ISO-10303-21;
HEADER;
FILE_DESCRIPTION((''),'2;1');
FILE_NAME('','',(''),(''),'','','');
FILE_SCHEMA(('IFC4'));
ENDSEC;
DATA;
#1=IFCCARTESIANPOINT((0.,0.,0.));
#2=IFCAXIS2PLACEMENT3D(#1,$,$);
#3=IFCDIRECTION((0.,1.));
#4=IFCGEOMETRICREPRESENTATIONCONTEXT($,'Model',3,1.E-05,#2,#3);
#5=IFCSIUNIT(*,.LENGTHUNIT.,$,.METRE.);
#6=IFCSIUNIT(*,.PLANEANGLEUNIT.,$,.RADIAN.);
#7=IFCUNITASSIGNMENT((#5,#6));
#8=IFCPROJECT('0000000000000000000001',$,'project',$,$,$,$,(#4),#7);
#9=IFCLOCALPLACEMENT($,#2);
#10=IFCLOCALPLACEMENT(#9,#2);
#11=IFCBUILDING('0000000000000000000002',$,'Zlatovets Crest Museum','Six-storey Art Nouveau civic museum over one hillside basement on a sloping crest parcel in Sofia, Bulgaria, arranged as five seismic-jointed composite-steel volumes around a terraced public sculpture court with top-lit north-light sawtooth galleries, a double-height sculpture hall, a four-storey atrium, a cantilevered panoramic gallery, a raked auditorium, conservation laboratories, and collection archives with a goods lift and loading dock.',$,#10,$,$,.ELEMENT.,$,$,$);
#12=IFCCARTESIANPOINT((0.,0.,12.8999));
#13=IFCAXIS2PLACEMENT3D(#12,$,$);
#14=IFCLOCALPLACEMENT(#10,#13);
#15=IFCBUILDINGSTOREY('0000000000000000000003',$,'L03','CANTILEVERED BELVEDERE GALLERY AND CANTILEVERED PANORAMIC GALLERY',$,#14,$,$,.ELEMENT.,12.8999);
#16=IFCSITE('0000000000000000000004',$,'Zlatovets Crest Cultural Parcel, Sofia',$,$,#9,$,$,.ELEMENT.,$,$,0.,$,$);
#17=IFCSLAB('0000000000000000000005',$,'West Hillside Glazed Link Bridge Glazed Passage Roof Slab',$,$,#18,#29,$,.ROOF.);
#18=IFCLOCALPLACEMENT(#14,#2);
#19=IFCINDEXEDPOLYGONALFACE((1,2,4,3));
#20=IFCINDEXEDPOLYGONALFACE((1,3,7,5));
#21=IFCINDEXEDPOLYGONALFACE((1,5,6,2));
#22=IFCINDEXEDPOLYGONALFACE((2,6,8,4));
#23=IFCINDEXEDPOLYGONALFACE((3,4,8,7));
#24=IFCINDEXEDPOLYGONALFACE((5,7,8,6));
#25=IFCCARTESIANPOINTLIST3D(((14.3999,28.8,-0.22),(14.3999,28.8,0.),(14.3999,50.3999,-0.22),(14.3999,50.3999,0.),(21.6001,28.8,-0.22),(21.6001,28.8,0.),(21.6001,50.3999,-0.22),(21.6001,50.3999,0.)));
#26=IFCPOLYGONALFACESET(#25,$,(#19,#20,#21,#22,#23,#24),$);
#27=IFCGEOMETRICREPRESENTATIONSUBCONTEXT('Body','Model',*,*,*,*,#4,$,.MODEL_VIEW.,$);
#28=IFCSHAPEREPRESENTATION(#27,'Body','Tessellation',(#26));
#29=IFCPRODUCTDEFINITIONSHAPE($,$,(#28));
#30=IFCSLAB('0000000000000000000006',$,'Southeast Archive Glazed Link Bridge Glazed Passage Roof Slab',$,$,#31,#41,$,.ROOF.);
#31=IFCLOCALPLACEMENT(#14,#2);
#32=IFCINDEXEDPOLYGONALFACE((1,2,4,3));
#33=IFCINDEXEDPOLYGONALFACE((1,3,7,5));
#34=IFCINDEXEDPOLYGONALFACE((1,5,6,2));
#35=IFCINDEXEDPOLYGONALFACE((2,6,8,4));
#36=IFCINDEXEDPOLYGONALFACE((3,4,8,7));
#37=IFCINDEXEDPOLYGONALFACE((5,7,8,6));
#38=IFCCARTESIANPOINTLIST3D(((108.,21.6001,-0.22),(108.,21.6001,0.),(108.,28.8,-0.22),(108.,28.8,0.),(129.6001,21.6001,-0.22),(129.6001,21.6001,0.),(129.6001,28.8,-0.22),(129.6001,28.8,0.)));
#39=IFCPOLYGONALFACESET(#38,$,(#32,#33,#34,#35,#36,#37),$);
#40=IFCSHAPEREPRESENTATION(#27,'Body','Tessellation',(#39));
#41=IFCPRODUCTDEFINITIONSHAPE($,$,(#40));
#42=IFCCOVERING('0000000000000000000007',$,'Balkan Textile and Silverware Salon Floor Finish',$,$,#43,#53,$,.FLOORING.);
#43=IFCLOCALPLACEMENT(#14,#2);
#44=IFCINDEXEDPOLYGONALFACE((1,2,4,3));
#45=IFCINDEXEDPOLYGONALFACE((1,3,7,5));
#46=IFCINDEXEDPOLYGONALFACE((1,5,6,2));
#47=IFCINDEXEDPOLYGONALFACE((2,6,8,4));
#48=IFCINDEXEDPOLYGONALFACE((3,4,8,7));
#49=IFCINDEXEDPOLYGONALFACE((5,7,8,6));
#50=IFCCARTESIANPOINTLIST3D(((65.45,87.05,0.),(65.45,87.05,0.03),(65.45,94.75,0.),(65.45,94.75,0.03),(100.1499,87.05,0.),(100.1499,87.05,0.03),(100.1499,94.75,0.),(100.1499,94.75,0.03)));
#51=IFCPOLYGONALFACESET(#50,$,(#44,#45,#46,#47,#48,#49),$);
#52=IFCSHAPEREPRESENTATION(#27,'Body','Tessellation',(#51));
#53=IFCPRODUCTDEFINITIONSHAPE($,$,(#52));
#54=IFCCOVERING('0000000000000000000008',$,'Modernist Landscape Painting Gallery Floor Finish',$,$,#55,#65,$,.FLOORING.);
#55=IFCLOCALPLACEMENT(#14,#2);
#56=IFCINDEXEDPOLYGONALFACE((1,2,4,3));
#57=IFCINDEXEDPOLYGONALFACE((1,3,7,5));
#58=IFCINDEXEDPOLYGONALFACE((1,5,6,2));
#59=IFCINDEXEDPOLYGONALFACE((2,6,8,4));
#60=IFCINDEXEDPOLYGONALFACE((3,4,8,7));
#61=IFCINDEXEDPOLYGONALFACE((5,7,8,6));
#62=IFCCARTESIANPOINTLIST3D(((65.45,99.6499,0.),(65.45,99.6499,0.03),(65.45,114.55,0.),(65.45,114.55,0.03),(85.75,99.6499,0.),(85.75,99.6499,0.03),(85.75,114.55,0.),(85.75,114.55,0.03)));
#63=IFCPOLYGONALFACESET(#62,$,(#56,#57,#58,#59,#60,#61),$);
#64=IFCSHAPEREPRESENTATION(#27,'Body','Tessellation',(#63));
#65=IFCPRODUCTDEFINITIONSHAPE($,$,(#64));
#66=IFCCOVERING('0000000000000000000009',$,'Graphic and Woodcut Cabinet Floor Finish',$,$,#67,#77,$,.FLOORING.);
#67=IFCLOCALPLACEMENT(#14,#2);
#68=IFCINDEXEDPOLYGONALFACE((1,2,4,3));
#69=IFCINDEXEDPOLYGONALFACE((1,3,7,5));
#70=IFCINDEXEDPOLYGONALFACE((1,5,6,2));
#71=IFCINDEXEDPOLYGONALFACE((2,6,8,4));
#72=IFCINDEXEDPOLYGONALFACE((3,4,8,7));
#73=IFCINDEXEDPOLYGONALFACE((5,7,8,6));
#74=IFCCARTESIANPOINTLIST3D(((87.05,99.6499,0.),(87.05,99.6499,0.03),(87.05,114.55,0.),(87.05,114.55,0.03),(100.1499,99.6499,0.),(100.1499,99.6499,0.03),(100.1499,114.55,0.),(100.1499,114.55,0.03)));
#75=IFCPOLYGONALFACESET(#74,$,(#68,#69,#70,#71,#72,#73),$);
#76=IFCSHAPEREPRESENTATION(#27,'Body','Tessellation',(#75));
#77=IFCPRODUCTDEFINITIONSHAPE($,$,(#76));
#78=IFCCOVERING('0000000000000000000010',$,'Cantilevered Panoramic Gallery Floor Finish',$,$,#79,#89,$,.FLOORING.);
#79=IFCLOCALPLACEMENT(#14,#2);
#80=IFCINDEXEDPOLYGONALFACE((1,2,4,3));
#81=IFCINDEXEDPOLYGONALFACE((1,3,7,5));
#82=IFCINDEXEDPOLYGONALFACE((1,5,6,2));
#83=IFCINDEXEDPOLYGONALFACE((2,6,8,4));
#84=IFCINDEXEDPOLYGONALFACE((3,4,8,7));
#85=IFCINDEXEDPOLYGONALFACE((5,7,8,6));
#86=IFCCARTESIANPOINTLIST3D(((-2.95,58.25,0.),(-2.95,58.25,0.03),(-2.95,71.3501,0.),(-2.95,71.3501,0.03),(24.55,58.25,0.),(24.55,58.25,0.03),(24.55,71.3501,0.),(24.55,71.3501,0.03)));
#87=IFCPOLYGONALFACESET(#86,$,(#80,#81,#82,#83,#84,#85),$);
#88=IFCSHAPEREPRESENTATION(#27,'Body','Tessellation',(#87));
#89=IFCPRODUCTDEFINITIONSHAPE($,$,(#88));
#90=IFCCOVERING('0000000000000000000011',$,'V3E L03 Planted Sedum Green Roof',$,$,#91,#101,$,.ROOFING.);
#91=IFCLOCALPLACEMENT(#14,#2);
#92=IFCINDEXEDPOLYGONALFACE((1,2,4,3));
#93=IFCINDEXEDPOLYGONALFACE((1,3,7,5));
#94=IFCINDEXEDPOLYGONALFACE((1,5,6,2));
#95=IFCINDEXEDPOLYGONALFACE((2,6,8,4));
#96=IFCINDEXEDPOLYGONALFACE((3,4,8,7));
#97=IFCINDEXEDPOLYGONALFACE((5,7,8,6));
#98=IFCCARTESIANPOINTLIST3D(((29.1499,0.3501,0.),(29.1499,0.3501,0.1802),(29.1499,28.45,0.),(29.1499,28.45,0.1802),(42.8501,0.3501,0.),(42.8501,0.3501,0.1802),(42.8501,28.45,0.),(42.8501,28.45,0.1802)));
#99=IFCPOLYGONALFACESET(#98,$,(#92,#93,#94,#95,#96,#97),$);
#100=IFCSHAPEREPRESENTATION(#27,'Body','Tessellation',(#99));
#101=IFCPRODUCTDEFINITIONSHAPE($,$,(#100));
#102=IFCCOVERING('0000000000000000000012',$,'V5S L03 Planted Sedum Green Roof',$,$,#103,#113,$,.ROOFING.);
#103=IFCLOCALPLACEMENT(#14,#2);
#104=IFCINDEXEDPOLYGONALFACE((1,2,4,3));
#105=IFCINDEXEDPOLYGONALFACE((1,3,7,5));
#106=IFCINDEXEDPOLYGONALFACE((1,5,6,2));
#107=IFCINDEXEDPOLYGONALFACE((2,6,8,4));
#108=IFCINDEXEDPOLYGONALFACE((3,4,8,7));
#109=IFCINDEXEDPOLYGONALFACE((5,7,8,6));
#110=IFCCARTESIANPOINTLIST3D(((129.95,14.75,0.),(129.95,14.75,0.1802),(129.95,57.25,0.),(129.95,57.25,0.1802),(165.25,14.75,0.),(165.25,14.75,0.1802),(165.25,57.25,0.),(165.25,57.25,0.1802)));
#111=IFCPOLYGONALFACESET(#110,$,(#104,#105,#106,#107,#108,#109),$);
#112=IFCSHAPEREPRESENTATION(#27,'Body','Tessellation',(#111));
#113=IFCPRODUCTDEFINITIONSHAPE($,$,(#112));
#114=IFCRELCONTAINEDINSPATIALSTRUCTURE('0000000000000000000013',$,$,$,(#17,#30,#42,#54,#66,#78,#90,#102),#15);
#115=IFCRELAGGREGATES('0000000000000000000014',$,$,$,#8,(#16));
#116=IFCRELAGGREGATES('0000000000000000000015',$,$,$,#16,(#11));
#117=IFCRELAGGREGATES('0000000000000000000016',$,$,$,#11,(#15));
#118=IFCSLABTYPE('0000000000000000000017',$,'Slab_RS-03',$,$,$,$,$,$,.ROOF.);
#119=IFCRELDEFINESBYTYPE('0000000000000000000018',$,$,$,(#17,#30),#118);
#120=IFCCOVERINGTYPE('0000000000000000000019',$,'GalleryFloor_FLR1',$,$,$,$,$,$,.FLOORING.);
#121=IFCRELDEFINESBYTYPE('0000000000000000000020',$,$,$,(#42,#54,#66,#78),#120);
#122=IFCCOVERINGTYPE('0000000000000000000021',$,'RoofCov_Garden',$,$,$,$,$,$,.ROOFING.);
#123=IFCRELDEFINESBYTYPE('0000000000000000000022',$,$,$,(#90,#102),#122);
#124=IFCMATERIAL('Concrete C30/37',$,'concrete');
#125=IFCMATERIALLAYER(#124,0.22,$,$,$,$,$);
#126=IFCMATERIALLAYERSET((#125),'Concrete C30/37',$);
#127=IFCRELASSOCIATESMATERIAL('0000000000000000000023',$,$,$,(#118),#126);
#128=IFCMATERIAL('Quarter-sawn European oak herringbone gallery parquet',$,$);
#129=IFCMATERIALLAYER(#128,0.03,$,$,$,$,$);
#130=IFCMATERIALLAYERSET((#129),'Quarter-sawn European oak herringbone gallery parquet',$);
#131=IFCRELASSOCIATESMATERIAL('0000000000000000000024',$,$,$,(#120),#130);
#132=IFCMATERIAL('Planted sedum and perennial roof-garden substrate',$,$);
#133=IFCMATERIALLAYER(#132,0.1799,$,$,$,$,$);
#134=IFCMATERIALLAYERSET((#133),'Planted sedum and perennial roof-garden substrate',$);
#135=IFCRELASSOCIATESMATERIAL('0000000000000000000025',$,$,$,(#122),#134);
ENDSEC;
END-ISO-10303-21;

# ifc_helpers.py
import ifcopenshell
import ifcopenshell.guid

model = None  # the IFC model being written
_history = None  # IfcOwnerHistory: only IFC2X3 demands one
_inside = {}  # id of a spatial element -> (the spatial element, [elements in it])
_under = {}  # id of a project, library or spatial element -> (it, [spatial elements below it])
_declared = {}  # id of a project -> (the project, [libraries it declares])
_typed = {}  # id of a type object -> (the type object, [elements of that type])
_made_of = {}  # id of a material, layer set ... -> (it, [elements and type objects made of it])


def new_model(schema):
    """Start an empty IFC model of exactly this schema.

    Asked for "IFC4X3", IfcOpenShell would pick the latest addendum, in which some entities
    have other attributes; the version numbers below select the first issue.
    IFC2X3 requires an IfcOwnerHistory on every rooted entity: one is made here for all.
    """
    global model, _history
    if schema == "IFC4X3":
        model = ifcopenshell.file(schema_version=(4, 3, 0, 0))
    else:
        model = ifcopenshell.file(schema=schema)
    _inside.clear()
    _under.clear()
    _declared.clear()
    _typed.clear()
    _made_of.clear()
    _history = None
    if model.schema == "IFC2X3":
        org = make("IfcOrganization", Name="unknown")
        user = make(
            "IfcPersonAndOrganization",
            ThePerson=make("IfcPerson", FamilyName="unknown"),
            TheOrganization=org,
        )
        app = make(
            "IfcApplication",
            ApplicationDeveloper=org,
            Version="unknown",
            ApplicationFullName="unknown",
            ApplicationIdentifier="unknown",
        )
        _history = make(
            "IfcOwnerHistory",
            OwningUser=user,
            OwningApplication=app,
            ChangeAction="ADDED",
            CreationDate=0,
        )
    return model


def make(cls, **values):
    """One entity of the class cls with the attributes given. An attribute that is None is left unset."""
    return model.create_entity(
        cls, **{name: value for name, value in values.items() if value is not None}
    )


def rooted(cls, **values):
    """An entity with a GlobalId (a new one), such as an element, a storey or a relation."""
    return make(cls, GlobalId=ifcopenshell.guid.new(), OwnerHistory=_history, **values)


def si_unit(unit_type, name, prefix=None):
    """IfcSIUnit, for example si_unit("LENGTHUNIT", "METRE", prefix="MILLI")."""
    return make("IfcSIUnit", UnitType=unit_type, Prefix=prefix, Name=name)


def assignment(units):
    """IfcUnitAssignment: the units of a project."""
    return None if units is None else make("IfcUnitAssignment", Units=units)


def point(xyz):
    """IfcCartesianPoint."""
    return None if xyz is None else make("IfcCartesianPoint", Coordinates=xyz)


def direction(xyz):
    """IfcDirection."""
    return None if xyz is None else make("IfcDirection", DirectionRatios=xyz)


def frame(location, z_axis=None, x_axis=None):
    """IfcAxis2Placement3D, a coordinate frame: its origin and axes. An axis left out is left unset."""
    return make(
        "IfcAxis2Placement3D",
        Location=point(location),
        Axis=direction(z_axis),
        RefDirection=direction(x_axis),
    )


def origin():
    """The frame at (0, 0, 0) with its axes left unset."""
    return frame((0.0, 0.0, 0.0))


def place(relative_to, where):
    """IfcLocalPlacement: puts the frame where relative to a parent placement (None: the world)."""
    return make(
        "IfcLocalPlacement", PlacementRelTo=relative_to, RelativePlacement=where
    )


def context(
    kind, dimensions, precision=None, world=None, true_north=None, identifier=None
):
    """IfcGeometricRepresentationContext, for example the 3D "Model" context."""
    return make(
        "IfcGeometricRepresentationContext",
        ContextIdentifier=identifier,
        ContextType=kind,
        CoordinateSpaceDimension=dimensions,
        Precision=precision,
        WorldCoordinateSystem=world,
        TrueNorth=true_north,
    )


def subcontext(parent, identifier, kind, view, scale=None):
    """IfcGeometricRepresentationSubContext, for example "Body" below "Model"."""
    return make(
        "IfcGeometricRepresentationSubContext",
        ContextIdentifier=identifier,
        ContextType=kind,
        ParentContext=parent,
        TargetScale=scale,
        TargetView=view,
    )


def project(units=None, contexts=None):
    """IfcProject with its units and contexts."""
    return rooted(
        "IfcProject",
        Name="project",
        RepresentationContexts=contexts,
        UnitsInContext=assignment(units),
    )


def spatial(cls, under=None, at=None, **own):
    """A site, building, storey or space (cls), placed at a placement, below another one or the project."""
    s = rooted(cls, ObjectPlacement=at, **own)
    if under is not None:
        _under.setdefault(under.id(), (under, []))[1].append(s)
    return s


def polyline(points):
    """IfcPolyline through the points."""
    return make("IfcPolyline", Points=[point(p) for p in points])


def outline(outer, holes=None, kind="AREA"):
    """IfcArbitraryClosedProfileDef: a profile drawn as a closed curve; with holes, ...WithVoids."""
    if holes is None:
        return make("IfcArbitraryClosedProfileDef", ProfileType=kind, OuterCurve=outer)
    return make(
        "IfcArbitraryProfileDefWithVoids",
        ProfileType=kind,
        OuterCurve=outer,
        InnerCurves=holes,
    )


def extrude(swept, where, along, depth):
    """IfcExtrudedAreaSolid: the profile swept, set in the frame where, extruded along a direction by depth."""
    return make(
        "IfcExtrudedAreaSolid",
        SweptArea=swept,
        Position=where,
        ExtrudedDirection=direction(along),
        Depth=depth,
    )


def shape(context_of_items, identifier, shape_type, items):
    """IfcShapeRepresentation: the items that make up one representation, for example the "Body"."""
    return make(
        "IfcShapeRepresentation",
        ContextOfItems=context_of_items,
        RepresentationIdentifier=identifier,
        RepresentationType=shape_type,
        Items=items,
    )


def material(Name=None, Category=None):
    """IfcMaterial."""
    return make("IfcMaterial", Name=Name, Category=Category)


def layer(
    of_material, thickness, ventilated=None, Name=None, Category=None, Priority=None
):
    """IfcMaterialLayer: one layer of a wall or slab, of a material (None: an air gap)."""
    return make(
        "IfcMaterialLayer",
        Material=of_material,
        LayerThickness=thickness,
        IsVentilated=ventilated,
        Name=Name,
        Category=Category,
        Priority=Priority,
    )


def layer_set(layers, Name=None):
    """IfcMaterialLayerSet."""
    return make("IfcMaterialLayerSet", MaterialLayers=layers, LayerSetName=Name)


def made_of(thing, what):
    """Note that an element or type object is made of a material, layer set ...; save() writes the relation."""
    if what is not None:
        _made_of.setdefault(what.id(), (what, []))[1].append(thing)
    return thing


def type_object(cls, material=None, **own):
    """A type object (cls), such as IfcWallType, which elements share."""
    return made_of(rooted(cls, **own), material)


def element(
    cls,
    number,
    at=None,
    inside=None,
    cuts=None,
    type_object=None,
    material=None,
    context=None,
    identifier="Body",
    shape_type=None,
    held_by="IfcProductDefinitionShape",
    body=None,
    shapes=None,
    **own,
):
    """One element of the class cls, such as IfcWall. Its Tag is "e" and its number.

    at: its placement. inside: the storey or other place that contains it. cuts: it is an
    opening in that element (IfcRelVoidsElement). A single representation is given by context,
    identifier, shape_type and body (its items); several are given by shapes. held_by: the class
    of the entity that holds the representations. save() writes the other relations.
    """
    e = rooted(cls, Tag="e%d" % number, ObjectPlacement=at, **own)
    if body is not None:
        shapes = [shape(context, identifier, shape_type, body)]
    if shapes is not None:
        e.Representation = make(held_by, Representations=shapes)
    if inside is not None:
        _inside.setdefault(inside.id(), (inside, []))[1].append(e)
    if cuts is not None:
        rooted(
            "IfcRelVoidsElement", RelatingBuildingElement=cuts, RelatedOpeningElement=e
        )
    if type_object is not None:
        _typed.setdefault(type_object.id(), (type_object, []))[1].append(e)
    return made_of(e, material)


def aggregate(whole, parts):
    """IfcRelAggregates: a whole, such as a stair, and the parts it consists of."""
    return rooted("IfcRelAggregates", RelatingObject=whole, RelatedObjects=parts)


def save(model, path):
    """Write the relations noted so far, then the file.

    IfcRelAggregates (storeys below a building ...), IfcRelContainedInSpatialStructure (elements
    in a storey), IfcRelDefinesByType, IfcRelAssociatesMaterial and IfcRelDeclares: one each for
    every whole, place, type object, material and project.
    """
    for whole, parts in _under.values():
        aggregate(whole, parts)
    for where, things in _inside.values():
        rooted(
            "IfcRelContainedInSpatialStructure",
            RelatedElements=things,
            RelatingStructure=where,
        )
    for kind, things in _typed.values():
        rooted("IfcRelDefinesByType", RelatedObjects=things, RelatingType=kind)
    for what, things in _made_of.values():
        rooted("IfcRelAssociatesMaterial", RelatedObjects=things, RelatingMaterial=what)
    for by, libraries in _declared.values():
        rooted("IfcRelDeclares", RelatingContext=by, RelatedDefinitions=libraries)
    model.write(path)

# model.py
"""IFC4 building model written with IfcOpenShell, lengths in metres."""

from ifc_helpers import new_model, si_unit, direction, frame, origin, place, context, subcontext, project, spatial, polyline, outline, extrude, material, layer, layer_set, type_object, element, save


model = new_model("IFC4")

# Units and contexts
model_context = context("Model", 3, precision=1e-05, world=origin(), true_north=direction((0.0, 1.0)))
body_context = subcontext(model_context, "Body", "Model", "MODEL_VIEW")
ifc_project = project(units=[si_unit("LENGTHUNIT", "METRE"), si_unit("PLANEANGLEUNIT", "RADIAN")], contexts=[model_context])

# Site, building, storey
site_placement = place(None, origin())
site = spatial("IfcSite", under=ifc_project, at=site_placement, Name="Zlatovets Crest Cultural Parcel, Sofia", CompositionType="ELEMENT", RefElevation=0.0)
building_placement = place(site_placement, origin())
building = spatial("IfcBuilding", under=site, at=building_placement, Name="Zlatovets Crest Museum", Description="Six-storey Art Nouveau civic museum over one hillside basement on a sloping crest parcel in Sofia, Bulgaria, arranged as five seismic-jointed composite-steel volumes around a terraced public sculpture court with top-lit north-light sawtooth galleries, a double-height sculpture hall, a four-storey atrium, a cantilevered panoramic gallery, a raked auditorium, conservation laboratories, and collection archives with a goods lift and loading dock.", CompositionType="ELEMENT")
storey_placement = place(building_placement, frame((0.0, 0.0, 12.8999)))
storey = spatial("IfcBuildingStorey", under=building, at=storey_placement, Name="L03", Description="CANTILEVERED BELVEDERE GALLERY AND CANTILEVERED PANORAMIC GALLERY", CompositionType="ELEMENT", Elevation=12.8999)

# Slabs
ifc_material_1 = material(Name="Concrete C30/37", Category="concrete")
ifc_layer_1 = layer(ifc_material_1, 0.22)
ifc_layer_set_1 = layer_set([ifc_layer_1], Name="Concrete C30/37")
slab_type_1 = type_object("IfcSlabType", Name="Slab_RS-03", PredefinedType="ROOF", material=ifc_layer_set_1)
slab_1_placement = place(storey_placement, frame((0.0, 0.0, -0.22)))
element("IfcSlab", 1, at=slab_1_placement, inside=storey, type_object=slab_type_1, Name="West Hillside Glazed Link Bridge Glazed Passage Roof Slab", PredefinedType="ROOF", context=body_context, shape_type="SweptSolid", body=[
    extrude(outline(polyline([(21.6001, 28.8), (21.6001, 50.3999), (14.3999, 50.3999), (14.3999, 28.8), (21.6001, 28.8)])), origin(), (0.0, 0.0, 1.0), 0.22),
])
slab_2_placement = place(storey_placement, frame((0.0, 0.0, -0.22)))
element("IfcSlab", 2, at=slab_2_placement, inside=storey, type_object=slab_type_1, Name="Southeast Archive Glazed Link Bridge Glazed Passage Roof Slab", PredefinedType="ROOF", context=body_context, shape_type="SweptSolid", body=[
    extrude(outline(polyline([(129.6001, 21.6001), (129.6001, 28.8), (108.0, 28.8), (108.0, 21.6001), (129.6001, 21.6001)])), origin(), (0.0, 0.0, 1.0), 0.22),
])

# Coverings
ifc_material_2 = material(Name="Quarter-sawn European oak herringbone gallery parquet")
ifc_layer_2 = layer(ifc_material_2, 0.03)
ifc_layer_set_2 = layer_set([ifc_layer_2], Name="Quarter-sawn European oak herringbone gallery parquet")
covering_type_1 = type_object("IfcCoveringType", Name="GalleryFloor_FLR1", PredefinedType="FLOORING", material=ifc_layer_set_2)
covering_1_placement = place(storey_placement, origin())
element("IfcCovering", 3, at=covering_1_placement, inside=storey, type_object=covering_type_1, Name="Balkan Textile and Silverware Salon Floor Finish", PredefinedType="FLOORING", context=body_context, shape_type="SweptSolid", body=[
    extrude(outline(polyline([(65.45, 87.05), (100.1499, 87.05), (100.1499, 94.75), (65.45, 94.75), (65.45, 87.05)])), origin(), (0.0, 0.0, 1.0), 0.03),
])
covering_2_placement = place(storey_placement, origin())
element("IfcCovering", 4, at=covering_2_placement, inside=storey, type_object=covering_type_1, Name="Modernist Landscape Painting Gallery Floor Finish", PredefinedType="FLOORING", context=body_context, shape_type="SweptSolid", body=[
    extrude(outline(polyline([(65.45, 99.6499), (85.75, 99.6499), (85.75, 114.55), (65.45, 114.55), (65.45, 99.6499)])), origin(), (0.0, 0.0, 1.0), 0.03),
])
covering_3_placement = place(storey_placement, origin())
element("IfcCovering", 5, at=covering_3_placement, inside=storey, type_object=covering_type_1, Name="Graphic and Woodcut Cabinet Floor Finish", PredefinedType="FLOORING", context=body_context, shape_type="SweptSolid", body=[
    extrude(outline(polyline([(87.05, 99.6499), (100.1499, 99.6499), (100.1499, 114.55), (87.05, 114.55), (87.05, 99.6499)])), origin(), (0.0, 0.0, 1.0), 0.03),
])
covering_4_placement = place(storey_placement, origin())
element("IfcCovering", 6, at=covering_4_placement, inside=storey, type_object=covering_type_1, Name="Cantilevered Panoramic Gallery Floor Finish", PredefinedType="FLOORING", context=body_context, shape_type="SweptSolid", body=[
    extrude(outline(polyline([(-2.95, 58.25), (24.55, 58.25), (24.55, 71.3501), (-2.95, 71.3501), (-2.95, 58.25)])), origin(), (0.0, 0.0, 1.0), 0.03),
])
ifc_material_3 = material(Name="Planted sedum and perennial roof-garden substrate")
ifc_layer_3 = layer(ifc_material_3, 0.1799)
ifc_layer_set_3 = layer_set([ifc_layer_3], Name="Planted sedum and perennial roof-garden substrate")
covering_type_2 = type_object("IfcCoveringType", Name="RoofCov_Garden", PredefinedType="ROOFING", material=ifc_layer_set_3)
covering_5_placement = place(storey_placement, origin())
element("IfcCovering", 7, at=covering_5_placement, inside=storey, type_object=covering_type_2, Name="V3E L03 Planted Sedum Green Roof", PredefinedType="ROOFING", context=body_context, shape_type="SweptSolid", body=[
    extrude(outline(polyline([(42.8501, 0.3501), (42.8501, 28.45), (29.1499, 28.45), (29.1499, 0.3501), (42.8501, 0.3501)])), origin(), (0.0, 0.0, 1.0), 0.1802),
])
covering_6_placement = place(storey_placement, origin())
element("IfcCovering", 8, at=covering_6_placement, inside=storey, type_object=covering_type_2, Name="V5S L03 Planted Sedum Green Roof", PredefinedType="ROOFING", context=body_context, shape_type="SweptSolid", body=[
    extrude(outline(polyline([(165.25, 14.75), (165.25, 57.25), (129.95, 57.25), (129.95, 14.75), (165.25, 14.75)])), origin(), (0.0, 0.0, 1.0), 0.1802),
])

save(model, "model.ifc")
